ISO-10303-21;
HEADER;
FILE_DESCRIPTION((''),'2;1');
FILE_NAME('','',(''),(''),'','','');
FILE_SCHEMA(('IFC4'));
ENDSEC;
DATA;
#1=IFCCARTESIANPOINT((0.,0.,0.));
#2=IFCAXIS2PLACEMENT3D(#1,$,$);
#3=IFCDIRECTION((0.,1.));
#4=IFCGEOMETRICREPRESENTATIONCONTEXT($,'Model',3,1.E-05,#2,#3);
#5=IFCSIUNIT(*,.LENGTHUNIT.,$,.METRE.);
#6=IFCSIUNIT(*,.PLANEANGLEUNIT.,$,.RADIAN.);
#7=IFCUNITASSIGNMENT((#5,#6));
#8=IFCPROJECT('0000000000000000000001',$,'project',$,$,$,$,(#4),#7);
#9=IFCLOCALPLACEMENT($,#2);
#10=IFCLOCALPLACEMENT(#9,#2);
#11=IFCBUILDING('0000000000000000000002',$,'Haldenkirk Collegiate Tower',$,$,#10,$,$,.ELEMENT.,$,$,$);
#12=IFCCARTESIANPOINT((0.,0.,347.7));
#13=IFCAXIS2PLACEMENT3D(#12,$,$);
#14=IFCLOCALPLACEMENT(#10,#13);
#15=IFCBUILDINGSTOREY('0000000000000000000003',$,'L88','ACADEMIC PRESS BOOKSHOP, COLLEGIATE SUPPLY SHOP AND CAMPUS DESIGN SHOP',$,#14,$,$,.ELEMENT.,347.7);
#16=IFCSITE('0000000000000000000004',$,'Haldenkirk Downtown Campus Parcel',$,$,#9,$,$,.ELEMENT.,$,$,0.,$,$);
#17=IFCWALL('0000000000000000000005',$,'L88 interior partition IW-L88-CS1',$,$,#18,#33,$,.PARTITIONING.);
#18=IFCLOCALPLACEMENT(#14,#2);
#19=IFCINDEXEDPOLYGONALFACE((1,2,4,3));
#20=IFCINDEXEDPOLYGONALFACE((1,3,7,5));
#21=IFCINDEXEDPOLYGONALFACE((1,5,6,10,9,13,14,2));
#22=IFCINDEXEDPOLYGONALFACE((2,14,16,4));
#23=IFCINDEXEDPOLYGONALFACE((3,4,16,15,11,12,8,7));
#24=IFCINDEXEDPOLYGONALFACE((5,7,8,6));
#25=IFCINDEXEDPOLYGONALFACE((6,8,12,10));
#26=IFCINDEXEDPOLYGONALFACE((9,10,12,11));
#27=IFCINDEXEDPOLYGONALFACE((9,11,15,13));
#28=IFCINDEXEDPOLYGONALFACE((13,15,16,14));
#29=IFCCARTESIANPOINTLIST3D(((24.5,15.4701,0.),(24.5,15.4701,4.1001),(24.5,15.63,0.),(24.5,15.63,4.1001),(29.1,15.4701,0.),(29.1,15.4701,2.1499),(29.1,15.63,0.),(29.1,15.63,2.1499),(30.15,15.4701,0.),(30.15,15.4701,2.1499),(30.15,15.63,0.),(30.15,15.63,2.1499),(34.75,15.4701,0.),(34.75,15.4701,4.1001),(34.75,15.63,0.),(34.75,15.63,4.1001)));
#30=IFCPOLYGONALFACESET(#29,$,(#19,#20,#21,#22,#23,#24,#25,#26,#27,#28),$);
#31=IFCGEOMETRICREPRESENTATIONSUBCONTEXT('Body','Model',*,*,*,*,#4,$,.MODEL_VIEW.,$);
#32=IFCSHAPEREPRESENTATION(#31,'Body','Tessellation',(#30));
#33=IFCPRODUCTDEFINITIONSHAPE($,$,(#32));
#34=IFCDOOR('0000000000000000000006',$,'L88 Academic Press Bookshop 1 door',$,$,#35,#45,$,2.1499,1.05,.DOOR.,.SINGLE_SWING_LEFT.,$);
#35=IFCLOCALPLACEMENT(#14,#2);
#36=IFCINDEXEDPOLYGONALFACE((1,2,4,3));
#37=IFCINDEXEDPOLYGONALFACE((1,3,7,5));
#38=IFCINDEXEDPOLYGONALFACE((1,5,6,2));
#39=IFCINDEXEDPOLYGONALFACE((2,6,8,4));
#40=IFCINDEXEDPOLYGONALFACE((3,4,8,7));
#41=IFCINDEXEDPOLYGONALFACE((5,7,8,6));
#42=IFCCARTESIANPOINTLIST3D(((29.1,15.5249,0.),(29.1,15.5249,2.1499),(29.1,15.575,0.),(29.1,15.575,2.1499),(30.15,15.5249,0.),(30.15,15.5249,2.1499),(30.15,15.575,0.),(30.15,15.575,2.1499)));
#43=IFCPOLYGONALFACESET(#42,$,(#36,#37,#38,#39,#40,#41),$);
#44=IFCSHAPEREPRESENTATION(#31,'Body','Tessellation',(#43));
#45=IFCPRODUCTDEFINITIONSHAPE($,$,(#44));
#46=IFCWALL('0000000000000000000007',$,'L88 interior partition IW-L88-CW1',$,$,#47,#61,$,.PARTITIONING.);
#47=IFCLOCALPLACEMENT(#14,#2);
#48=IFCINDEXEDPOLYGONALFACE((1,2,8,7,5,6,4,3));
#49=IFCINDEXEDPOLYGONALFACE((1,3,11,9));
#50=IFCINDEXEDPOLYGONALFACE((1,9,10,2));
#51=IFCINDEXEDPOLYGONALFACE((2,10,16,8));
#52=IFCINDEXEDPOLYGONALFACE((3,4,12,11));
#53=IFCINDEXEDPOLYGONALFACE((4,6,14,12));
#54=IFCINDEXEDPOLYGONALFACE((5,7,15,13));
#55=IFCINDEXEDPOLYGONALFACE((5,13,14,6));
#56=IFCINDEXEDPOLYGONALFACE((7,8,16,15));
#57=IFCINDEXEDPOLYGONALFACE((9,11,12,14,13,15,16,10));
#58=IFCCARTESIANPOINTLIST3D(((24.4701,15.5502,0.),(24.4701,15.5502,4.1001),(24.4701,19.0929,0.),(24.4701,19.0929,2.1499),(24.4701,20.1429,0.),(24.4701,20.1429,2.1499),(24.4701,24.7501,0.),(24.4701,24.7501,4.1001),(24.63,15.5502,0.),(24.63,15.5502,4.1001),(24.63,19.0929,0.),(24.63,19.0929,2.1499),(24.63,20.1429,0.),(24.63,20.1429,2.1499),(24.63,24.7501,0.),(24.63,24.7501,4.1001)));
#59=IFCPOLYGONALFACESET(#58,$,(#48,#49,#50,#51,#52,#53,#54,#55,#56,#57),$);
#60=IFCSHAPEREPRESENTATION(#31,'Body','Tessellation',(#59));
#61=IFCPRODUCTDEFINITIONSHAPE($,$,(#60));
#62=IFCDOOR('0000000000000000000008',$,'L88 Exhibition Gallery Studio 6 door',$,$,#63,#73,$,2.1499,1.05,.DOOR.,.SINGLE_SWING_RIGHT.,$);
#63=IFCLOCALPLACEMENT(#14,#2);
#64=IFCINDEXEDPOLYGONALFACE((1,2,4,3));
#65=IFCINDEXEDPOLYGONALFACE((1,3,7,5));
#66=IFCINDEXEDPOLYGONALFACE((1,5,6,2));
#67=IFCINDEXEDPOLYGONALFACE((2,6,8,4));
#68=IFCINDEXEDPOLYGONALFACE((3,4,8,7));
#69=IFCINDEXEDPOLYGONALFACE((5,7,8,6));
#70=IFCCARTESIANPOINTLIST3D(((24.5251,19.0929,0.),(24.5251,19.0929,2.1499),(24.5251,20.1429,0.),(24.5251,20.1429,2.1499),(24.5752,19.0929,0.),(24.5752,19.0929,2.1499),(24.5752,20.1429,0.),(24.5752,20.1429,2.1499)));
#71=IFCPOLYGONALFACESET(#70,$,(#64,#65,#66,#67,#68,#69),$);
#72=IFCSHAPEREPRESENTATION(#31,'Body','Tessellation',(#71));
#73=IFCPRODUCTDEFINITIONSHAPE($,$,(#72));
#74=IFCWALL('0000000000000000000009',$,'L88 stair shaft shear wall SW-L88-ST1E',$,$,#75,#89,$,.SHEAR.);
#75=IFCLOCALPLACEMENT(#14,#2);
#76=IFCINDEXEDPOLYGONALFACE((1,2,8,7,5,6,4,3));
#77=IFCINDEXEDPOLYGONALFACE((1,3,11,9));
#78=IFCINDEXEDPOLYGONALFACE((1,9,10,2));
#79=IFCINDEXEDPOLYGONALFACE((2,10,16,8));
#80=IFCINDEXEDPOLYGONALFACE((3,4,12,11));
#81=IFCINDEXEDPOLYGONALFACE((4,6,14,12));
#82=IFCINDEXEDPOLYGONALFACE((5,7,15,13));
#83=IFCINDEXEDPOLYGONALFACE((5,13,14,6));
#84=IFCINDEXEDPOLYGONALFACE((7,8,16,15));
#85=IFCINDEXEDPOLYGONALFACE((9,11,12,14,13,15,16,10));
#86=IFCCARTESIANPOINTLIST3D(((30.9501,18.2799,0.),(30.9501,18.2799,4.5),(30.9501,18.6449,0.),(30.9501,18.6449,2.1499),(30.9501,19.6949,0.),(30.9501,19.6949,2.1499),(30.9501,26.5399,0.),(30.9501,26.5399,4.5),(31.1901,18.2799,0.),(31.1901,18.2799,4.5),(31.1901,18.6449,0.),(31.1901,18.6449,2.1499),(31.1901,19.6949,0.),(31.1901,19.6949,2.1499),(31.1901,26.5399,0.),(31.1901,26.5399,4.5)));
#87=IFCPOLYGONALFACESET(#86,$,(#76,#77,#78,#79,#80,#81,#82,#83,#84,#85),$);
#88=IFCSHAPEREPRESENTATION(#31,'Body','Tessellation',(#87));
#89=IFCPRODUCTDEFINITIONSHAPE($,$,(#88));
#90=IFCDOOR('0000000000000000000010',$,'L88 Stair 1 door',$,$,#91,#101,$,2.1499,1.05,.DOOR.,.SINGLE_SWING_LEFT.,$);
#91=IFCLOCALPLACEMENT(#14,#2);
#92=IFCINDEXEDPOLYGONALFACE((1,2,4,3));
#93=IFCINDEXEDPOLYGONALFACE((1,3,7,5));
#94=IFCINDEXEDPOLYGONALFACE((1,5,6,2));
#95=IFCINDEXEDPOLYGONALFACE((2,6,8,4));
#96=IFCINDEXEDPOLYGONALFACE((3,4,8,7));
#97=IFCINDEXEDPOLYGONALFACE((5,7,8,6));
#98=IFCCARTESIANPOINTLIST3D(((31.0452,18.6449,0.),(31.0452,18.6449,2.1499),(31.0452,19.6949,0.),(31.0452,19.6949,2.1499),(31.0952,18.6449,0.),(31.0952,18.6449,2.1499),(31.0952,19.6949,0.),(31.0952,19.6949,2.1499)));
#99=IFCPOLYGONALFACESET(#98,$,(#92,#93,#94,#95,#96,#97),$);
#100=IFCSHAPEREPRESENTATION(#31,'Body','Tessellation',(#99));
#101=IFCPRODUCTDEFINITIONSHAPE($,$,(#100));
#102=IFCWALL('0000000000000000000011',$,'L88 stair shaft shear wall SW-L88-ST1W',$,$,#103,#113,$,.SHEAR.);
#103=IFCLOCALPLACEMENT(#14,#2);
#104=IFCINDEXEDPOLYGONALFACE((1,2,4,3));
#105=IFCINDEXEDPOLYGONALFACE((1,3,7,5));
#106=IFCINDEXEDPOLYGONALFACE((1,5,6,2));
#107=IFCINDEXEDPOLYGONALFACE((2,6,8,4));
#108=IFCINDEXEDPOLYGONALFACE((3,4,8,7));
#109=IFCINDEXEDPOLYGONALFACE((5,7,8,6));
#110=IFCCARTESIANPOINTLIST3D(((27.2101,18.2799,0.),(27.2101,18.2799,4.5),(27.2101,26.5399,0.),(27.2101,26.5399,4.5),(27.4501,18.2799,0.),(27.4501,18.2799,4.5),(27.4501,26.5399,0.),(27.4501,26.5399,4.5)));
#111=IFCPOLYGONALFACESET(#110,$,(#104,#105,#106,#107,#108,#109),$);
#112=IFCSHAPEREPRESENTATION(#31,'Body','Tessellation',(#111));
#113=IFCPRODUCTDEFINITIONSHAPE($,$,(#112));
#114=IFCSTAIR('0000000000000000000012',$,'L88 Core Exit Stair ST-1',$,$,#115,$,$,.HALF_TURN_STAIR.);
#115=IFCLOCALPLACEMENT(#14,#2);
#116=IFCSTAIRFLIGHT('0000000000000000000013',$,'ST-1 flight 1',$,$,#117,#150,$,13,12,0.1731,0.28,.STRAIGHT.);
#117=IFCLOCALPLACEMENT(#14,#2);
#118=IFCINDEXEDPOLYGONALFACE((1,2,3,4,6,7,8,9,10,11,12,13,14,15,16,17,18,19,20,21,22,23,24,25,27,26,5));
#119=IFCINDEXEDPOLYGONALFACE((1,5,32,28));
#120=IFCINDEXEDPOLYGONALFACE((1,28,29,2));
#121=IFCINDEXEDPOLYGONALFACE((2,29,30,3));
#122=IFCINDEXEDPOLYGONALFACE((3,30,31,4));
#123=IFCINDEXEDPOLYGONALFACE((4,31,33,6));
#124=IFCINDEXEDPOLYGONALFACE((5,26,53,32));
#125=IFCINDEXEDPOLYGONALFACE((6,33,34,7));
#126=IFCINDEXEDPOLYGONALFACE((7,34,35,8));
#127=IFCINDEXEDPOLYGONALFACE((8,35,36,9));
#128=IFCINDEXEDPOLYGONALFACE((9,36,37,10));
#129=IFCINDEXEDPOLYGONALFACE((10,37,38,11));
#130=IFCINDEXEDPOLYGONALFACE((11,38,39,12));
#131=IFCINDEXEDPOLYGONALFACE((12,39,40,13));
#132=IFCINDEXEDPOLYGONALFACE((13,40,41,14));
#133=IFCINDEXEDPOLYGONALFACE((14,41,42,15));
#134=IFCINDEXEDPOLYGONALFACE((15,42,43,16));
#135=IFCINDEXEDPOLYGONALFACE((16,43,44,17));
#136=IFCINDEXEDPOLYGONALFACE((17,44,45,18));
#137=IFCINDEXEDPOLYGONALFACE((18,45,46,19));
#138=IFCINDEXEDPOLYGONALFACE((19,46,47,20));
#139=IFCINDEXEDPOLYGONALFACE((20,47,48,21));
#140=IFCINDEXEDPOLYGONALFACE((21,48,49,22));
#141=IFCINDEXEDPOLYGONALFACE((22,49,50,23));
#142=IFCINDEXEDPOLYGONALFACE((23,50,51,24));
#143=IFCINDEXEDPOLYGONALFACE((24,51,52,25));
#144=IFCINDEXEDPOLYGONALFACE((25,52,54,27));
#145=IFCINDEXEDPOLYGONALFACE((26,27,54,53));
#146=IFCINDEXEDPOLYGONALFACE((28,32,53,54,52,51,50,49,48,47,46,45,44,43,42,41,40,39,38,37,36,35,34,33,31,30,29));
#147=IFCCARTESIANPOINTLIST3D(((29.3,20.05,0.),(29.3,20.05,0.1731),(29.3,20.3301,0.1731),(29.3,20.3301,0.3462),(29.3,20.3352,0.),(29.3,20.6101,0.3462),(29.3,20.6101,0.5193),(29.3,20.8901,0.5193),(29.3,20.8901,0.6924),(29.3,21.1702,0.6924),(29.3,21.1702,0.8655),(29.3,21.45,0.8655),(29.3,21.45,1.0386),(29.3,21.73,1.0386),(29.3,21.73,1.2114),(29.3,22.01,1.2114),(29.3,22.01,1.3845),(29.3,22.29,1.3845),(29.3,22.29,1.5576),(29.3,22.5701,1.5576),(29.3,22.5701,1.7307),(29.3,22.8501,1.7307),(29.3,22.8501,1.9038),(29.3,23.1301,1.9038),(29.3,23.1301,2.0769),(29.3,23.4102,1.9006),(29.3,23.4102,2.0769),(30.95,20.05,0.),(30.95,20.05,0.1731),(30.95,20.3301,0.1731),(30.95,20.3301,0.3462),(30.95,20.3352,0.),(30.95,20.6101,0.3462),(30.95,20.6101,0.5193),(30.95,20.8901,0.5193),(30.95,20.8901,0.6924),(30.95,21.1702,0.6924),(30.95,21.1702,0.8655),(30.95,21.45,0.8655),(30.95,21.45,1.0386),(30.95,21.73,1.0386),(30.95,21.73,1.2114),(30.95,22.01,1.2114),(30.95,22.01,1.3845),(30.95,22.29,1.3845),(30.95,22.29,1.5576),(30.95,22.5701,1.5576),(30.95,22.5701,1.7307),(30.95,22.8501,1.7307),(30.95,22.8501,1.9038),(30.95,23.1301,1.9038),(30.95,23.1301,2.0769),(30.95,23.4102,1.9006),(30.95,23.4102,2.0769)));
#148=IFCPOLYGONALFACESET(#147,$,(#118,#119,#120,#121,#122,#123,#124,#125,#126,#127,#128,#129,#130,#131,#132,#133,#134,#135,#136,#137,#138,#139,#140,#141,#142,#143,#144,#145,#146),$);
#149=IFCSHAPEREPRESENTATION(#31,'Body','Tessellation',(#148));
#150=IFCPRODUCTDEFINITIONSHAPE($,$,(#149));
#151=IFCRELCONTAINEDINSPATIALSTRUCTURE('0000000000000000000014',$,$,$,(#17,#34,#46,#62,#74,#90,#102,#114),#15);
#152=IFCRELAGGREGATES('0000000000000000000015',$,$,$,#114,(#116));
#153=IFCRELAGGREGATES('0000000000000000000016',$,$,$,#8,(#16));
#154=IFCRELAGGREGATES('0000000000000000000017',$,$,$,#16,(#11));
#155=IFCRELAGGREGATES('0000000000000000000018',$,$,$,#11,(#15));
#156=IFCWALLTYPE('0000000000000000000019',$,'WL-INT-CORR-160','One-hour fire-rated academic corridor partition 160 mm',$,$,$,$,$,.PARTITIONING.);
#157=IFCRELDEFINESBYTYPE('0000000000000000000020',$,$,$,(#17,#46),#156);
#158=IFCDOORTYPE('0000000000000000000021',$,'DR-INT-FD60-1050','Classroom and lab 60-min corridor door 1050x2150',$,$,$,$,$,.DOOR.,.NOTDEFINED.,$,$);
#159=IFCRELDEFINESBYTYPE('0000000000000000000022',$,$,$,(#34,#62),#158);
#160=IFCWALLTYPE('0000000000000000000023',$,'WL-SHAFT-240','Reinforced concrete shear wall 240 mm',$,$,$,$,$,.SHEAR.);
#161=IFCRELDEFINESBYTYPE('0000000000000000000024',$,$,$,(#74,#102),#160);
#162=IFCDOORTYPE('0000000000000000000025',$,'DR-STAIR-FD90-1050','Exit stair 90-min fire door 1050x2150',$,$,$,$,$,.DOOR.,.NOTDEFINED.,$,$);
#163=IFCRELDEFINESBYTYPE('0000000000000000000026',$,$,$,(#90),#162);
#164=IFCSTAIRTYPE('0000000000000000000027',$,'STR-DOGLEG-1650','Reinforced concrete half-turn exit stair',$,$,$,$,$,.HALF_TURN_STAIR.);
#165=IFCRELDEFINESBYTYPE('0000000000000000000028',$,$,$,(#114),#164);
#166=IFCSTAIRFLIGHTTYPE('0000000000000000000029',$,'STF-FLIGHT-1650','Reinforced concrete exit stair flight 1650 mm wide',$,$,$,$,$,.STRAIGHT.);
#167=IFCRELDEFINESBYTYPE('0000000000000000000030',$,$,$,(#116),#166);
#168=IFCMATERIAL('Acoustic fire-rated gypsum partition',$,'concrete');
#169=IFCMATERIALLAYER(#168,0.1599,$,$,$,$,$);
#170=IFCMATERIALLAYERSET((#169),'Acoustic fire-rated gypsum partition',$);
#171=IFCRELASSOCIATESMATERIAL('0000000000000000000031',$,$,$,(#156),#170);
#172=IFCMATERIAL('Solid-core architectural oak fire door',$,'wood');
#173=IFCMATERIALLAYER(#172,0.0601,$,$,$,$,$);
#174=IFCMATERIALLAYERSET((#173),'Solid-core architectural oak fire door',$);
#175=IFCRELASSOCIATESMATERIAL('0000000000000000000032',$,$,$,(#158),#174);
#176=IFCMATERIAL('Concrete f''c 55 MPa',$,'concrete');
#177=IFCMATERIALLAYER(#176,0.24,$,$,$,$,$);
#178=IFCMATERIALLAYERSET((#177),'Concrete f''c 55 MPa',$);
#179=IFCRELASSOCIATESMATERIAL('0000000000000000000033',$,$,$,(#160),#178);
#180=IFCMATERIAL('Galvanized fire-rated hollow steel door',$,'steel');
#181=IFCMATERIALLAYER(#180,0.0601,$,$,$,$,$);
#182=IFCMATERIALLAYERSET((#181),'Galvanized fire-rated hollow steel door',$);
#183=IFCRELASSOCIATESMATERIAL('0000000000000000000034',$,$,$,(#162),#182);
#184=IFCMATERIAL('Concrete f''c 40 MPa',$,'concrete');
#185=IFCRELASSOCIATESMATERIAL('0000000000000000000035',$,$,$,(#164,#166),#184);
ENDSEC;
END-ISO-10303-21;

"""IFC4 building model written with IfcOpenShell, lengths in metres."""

from ifc_helpers import new_model, si_unit, direction, frame, frame_2d, origin, place, context, subcontext, project, spatial, polyline, rectangle, outline, extrude, material, layer, layer_set, type_object, element, fill, aggregate, save


model = new_model("IFC4")

# Units and contexts
model_context = context("Model", 3, precision=1e-05, world=origin(), true_north=direction((0.0, 1.0)))
body_context = subcontext(model_context, "Body", "Model", "MODEL_VIEW")
ifc_project = project(units=[si_unit("LENGTHUNIT", "METRE"), si_unit("PLANEANGLEUNIT", "RADIAN")], contexts=[model_context])

# Site, building, storey
site_placement = place(None, origin())
site = spatial("IfcSite", under=ifc_project, at=site_placement, Name="Haldenkirk Downtown Campus Parcel", CompositionType="ELEMENT", RefElevation=0.0)
building_placement = place(site_placement, origin())
building = spatial("IfcBuilding", under=site, at=building_placement, Name="Haldenkirk Collegiate Tower", CompositionType="ELEMENT")
storey_placement = place(building_placement, frame((0.0, 0.0, 347.7)))
storey = spatial("IfcBuildingStorey", under=building, at=storey_placement, Name="L88", Description="ACADEMIC PRESS BOOKSHOP, COLLEGIATE SUPPLY SHOP AND CAMPUS DESIGN SHOP", CompositionType="ELEMENT", Elevation=347.7)

# Shared definitions
ifc_material_1 = material(Name="Concrete f'c 55 MPa", Category="concrete")
ifc_material_2 = material(Name="Galvanized fire-rated hollow steel door", Category="steel")

# Walls, openings, doors
ifc_material_3 = material(Name="Acoustic fire-rated gypsum partition", Category="concrete")
ifc_layer_1 = layer(ifc_material_3, 0.1599)
ifc_layer_set_1 = layer_set([ifc_layer_1], Name="Acoustic fire-rated gypsum partition")
wall_type_1 = type_object("IfcWallType", Name="WL-INT-CORR-160", Description="One-hour fire-rated academic corridor partition 160 mm", PredefinedType="PARTITIONING", material=ifc_layer_set_1)
wall_1_placement = place(storey_placement, frame((24.5, 15.55, 0.0), z_axis=(0.0, 0.0, 1.0), x_axis=(1.0, 0.0, 0.0)))
wall_1 = element("IfcWall", 1, at=wall_1_placement, inside=storey, type_object=wall_type_1, Name="L88 interior partition IW-L88-CS1", PredefinedType="PARTITIONING", context=body_context, shape_type="SweptSolid", body=[
    extrude(rectangle(XDim=10.25, YDim=0.1599, at=frame_2d((5.125, 0.0))), origin(), (0.0, 0.0, 1.0), 4.1001),
])
opening_1_placement = place(wall_1_placement, frame((4.6001, 0.0, 0.0)))
opening_1 = element("IfcOpeningElement", 2, at=opening_1_placement, cuts=wall_1, PredefinedType="OPENING", context=body_context, shape_type="SweptSolid", body=[
    extrude(rectangle(XDim=1.05, YDim=2.1499, at=frame_2d((0.5249, 1.075))), frame((0.0, 0.0898, 0.0), z_axis=(0.0, -1.0, 0.0), x_axis=(1.0, 0.0, 0.0)), (0.0, 0.0, 1.0), 0.1799),
])
ifc_material_4 = material(Name="Solid-core architectural oak fire door", Category="wood")
ifc_layer_2 = layer(ifc_material_4, 0.0601)
ifc_layer_set_2 = layer_set([ifc_layer_2], Name="Solid-core architectural oak fire door")
door_type_1 = type_object("IfcDoorType", Name="DR-INT-FD60-1050", Description="Classroom and lab 60-min corridor door 1050x2150", OperationType="NOTDEFINED", PredefinedType="DOOR", material=ifc_layer_set_2)
door_1_placement = place(opening_1_placement, origin())
door_1 = element("IfcDoor", 3, at=door_1_placement, inside=storey, type_object=door_type_1, Name="L88 Academic Press Bookshop 1 door", OperationType="SINGLE_SWING_LEFT", OverallHeight=2.1499, OverallWidth=1.05, PredefinedType="DOOR", context=body_context, shape_type="SweptSolid", body=[
    extrude(rectangle(XDim=1.05, YDim=2.1499, at=frame_2d((0.5249, 1.075))), frame((0.0, 0.0249, 0.0), z_axis=(0.0, -1.0, 0.0), x_axis=(1.0, 0.0, 0.0)), (0.0, 0.0, 1.0), 0.05),
])
fill(opening_1, door_1)
wall_2_placement = place(storey_placement, frame((24.55, 15.55, 0.0), z_axis=(0.0, 0.0, 1.0), x_axis=(0.0, 1.0, 0.0)))
wall_2 = element("IfcWall", 4, at=wall_2_placement, inside=storey, type_object=wall_type_1, Name="L88 interior partition IW-L88-CW1", PredefinedType="PARTITIONING", context=body_context, shape_type="SweptSolid", body=[
    extrude(rectangle(XDim=9.2, YDim=0.1599, at=frame_2d((4.6001, 0.0))), origin(), (0.0, 0.0, 1.0), 4.1001),
])
opening_2_placement = place(wall_2_placement, frame((3.543, 0.0, 0.0)))
opening_2 = element("IfcOpeningElement", 5, at=opening_2_placement, cuts=wall_2, PredefinedType="OPENING", context=body_context, shape_type="SweptSolid", body=[
    extrude(rectangle(XDim=1.05, YDim=2.1499, at=frame_2d((0.5249, 1.075))), frame((0.0, 0.0898, 0.0), z_axis=(0.0, -1.0, 0.0), x_axis=(1.0, 0.0, 0.0)), (0.0, 0.0, 1.0), 0.1799),
])
door_2_placement = place(opening_2_placement, origin())
door_2 = element("IfcDoor", 6, at=door_2_placement, inside=storey, type_object=door_type_1, Name="L88 Exhibition Gallery Studio 6 door", OperationType="SINGLE_SWING_RIGHT", OverallHeight=2.1499, OverallWidth=1.05, PredefinedType="DOOR", context=body_context, shape_type="SweptSolid", body=[
    extrude(rectangle(XDim=1.05, YDim=2.1499, at=frame_2d((0.5249, 1.075))), frame((0.0, 0.0249, 0.0), z_axis=(0.0, -1.0, 0.0), x_axis=(1.0, 0.0, 0.0)), (0.0, 0.0, 1.0), 0.05),
])
fill(opening_2, door_2)
ifc_layer_3 = layer(ifc_material_1, 0.24)
ifc_layer_set_3 = layer_set([ifc_layer_3], Name="Concrete f'c 55 MPa")
wall_type_2 = type_object("IfcWallType", Name="WL-SHAFT-240", Description="Reinforced concrete shear wall 240 mm", PredefinedType="SHEAR", material=ifc_layer_set_3)
wall_3_placement = place(storey_placement, frame((31.0701, 18.28, 0.0), z_axis=(0.0, 0.0, 1.0), x_axis=(0.0, 1.0, 0.0)))
wall_3 = element("IfcWall", 7, at=wall_3_placement, inside=storey, type_object=wall_type_2, Name="L88 stair shaft shear wall SW-L88-ST1E", PredefinedType="SHEAR", context=body_context, shape_type="SweptSolid", body=[
    extrude(rectangle(XDim=8.26, YDim=0.24, at=frame_2d((4.1299, 0.0))), origin(), (0.0, 0.0, 1.0), 4.5),
])
opening_3_placement = place(wall_3_placement, frame((0.365, 0.0, 0.0)))
opening_3 = element("IfcOpeningElement", 8, at=opening_3_placement, cuts=wall_3, PredefinedType="OPENING", context=body_context, shape_type="SweptSolid", body=[
    extrude(rectangle(XDim=1.05, YDim=2.1499, at=frame_2d((0.5249, 1.075))), frame((0.0, 0.1299, 0.0), z_axis=(0.0, -1.0, 0.0), x_axis=(1.0, 0.0, 0.0)), (0.0, 0.0, 1.0), 0.26),
])
ifc_layer_4 = layer(ifc_material_2, 0.0601)
ifc_layer_set_4 = layer_set([ifc_layer_4], Name="Galvanized fire-rated hollow steel door")
door_type_2 = type_object("IfcDoorType", Name="DR-STAIR-FD90-1050", Description="Exit stair 90-min fire door 1050x2150", OperationType="NOTDEFINED", PredefinedType="DOOR", material=ifc_layer_set_4)
door_3_placement = place(opening_3_placement, origin())
door_3 = element("IfcDoor", 9, at=door_3_placement, inside=storey, type_object=door_type_2, Name="L88 Stair 1 door", OperationType="SINGLE_SWING_LEFT", OverallHeight=2.1499, OverallWidth=1.05, PredefinedType="DOOR", context=body_context, shape_type="SweptSolid", body=[
    extrude(rectangle(XDim=1.05, YDim=2.1499, at=frame_2d((0.5249, 1.075))), frame((0.0, 0.0249, 0.0), z_axis=(0.0, -1.0, 0.0), x_axis=(1.0, 0.0, 0.0)), (0.0, 0.0, 1.0), 0.05),
])
fill(opening_3, door_3)

# Wall
wall_4_placement = place(storey_placement, frame((27.3301, 18.28, 0.0), z_axis=(0.0, 0.0, 1.0), x_axis=(0.0, 1.0, 0.0)))
element("IfcWall", 10, at=wall_4_placement, inside=storey, type_object=wall_type_2, Name="L88 stair shaft shear wall SW-L88-ST1W", PredefinedType="SHEAR", context=body_context, shape_type="SweptSolid", body=[
    extrude(rectangle(XDim=8.26, YDim=0.24, at=frame_2d((4.1299, 0.0))), origin(), (0.0, 0.0, 1.0), 4.5),
])

# Stair, stair flight
ifc_material_5 = material(Name="Concrete f'c 40 MPa", Category="concrete")
stair_type = type_object("IfcStairType", Name="STR-DOGLEG-1650", Description="Reinforced concrete half-turn exit stair", PredefinedType="HALF_TURN_STAIR", material=ifc_material_5)
stair_placement = place(storey_placement, origin())
stair = element("IfcStair", 11, at=stair_placement, inside=storey, type_object=stair_type, Name="L88 Core Exit Stair ST-1", PredefinedType="HALF_TURN_STAIR")
stair_flight_type = type_object("IfcStairFlightType", Name="STF-FLIGHT-1650", Description="Reinforced concrete exit stair flight 1650 mm wide", PredefinedType="STRAIGHT", material=ifc_material_5)
stair_flight_placement = place(storey_placement, frame((30.125, 20.05, 0.0), z_axis=(0.0, 0.0, 1.0), x_axis=(0.0, 1.0, 0.0)))
stair_flight = element("IfcStairFlight", 12, at=stair_flight_placement, type_object=stair_flight_type, Name="ST-1 flight 1", NumberOfRisers=13, NumberOfTreads=12, PredefinedType="STRAIGHT", RiserHeight=0.1731, TreadLength=0.28, context=body_context, shape_type="SweptSolid", body=[
    extrude(outline(polyline([(0.0, 0.0), (0.0, 0.1731), (0.28, 0.1731), (0.28, 0.3462), (0.5601, 0.3462), (0.5601, 0.5193), (0.8401, 0.5193), (0.8401, 0.6924), (1.1201, 0.6924), (1.1201, 0.8655), (1.3999, 0.8655), (1.3999, 1.0386), (1.6799, 1.0386), (1.6799, 1.2114), (1.96, 1.2114), (1.96, 1.3845), (2.24, 1.3845), (2.24, 1.5576), (2.52, 1.5576), (2.52, 1.7307), (2.8, 1.7307), (2.8, 1.9038), (3.0801, 1.9038), (3.0801, 2.0769), (3.3601, 2.0769), (3.3601, 2.25), (3.3601, 1.9006), (0.2852, 0.0), (0.0, 0.0)])), frame((0.0, 0.825, 0.0), z_axis=(0.0, -1.0, 0.0), x_axis=(1.0, 0.0, 0.0)), (0.0, 0.0, 1.0), 1.6499),
])
aggregate(stair, [stair_flight])

save(model, "model.ifc")
